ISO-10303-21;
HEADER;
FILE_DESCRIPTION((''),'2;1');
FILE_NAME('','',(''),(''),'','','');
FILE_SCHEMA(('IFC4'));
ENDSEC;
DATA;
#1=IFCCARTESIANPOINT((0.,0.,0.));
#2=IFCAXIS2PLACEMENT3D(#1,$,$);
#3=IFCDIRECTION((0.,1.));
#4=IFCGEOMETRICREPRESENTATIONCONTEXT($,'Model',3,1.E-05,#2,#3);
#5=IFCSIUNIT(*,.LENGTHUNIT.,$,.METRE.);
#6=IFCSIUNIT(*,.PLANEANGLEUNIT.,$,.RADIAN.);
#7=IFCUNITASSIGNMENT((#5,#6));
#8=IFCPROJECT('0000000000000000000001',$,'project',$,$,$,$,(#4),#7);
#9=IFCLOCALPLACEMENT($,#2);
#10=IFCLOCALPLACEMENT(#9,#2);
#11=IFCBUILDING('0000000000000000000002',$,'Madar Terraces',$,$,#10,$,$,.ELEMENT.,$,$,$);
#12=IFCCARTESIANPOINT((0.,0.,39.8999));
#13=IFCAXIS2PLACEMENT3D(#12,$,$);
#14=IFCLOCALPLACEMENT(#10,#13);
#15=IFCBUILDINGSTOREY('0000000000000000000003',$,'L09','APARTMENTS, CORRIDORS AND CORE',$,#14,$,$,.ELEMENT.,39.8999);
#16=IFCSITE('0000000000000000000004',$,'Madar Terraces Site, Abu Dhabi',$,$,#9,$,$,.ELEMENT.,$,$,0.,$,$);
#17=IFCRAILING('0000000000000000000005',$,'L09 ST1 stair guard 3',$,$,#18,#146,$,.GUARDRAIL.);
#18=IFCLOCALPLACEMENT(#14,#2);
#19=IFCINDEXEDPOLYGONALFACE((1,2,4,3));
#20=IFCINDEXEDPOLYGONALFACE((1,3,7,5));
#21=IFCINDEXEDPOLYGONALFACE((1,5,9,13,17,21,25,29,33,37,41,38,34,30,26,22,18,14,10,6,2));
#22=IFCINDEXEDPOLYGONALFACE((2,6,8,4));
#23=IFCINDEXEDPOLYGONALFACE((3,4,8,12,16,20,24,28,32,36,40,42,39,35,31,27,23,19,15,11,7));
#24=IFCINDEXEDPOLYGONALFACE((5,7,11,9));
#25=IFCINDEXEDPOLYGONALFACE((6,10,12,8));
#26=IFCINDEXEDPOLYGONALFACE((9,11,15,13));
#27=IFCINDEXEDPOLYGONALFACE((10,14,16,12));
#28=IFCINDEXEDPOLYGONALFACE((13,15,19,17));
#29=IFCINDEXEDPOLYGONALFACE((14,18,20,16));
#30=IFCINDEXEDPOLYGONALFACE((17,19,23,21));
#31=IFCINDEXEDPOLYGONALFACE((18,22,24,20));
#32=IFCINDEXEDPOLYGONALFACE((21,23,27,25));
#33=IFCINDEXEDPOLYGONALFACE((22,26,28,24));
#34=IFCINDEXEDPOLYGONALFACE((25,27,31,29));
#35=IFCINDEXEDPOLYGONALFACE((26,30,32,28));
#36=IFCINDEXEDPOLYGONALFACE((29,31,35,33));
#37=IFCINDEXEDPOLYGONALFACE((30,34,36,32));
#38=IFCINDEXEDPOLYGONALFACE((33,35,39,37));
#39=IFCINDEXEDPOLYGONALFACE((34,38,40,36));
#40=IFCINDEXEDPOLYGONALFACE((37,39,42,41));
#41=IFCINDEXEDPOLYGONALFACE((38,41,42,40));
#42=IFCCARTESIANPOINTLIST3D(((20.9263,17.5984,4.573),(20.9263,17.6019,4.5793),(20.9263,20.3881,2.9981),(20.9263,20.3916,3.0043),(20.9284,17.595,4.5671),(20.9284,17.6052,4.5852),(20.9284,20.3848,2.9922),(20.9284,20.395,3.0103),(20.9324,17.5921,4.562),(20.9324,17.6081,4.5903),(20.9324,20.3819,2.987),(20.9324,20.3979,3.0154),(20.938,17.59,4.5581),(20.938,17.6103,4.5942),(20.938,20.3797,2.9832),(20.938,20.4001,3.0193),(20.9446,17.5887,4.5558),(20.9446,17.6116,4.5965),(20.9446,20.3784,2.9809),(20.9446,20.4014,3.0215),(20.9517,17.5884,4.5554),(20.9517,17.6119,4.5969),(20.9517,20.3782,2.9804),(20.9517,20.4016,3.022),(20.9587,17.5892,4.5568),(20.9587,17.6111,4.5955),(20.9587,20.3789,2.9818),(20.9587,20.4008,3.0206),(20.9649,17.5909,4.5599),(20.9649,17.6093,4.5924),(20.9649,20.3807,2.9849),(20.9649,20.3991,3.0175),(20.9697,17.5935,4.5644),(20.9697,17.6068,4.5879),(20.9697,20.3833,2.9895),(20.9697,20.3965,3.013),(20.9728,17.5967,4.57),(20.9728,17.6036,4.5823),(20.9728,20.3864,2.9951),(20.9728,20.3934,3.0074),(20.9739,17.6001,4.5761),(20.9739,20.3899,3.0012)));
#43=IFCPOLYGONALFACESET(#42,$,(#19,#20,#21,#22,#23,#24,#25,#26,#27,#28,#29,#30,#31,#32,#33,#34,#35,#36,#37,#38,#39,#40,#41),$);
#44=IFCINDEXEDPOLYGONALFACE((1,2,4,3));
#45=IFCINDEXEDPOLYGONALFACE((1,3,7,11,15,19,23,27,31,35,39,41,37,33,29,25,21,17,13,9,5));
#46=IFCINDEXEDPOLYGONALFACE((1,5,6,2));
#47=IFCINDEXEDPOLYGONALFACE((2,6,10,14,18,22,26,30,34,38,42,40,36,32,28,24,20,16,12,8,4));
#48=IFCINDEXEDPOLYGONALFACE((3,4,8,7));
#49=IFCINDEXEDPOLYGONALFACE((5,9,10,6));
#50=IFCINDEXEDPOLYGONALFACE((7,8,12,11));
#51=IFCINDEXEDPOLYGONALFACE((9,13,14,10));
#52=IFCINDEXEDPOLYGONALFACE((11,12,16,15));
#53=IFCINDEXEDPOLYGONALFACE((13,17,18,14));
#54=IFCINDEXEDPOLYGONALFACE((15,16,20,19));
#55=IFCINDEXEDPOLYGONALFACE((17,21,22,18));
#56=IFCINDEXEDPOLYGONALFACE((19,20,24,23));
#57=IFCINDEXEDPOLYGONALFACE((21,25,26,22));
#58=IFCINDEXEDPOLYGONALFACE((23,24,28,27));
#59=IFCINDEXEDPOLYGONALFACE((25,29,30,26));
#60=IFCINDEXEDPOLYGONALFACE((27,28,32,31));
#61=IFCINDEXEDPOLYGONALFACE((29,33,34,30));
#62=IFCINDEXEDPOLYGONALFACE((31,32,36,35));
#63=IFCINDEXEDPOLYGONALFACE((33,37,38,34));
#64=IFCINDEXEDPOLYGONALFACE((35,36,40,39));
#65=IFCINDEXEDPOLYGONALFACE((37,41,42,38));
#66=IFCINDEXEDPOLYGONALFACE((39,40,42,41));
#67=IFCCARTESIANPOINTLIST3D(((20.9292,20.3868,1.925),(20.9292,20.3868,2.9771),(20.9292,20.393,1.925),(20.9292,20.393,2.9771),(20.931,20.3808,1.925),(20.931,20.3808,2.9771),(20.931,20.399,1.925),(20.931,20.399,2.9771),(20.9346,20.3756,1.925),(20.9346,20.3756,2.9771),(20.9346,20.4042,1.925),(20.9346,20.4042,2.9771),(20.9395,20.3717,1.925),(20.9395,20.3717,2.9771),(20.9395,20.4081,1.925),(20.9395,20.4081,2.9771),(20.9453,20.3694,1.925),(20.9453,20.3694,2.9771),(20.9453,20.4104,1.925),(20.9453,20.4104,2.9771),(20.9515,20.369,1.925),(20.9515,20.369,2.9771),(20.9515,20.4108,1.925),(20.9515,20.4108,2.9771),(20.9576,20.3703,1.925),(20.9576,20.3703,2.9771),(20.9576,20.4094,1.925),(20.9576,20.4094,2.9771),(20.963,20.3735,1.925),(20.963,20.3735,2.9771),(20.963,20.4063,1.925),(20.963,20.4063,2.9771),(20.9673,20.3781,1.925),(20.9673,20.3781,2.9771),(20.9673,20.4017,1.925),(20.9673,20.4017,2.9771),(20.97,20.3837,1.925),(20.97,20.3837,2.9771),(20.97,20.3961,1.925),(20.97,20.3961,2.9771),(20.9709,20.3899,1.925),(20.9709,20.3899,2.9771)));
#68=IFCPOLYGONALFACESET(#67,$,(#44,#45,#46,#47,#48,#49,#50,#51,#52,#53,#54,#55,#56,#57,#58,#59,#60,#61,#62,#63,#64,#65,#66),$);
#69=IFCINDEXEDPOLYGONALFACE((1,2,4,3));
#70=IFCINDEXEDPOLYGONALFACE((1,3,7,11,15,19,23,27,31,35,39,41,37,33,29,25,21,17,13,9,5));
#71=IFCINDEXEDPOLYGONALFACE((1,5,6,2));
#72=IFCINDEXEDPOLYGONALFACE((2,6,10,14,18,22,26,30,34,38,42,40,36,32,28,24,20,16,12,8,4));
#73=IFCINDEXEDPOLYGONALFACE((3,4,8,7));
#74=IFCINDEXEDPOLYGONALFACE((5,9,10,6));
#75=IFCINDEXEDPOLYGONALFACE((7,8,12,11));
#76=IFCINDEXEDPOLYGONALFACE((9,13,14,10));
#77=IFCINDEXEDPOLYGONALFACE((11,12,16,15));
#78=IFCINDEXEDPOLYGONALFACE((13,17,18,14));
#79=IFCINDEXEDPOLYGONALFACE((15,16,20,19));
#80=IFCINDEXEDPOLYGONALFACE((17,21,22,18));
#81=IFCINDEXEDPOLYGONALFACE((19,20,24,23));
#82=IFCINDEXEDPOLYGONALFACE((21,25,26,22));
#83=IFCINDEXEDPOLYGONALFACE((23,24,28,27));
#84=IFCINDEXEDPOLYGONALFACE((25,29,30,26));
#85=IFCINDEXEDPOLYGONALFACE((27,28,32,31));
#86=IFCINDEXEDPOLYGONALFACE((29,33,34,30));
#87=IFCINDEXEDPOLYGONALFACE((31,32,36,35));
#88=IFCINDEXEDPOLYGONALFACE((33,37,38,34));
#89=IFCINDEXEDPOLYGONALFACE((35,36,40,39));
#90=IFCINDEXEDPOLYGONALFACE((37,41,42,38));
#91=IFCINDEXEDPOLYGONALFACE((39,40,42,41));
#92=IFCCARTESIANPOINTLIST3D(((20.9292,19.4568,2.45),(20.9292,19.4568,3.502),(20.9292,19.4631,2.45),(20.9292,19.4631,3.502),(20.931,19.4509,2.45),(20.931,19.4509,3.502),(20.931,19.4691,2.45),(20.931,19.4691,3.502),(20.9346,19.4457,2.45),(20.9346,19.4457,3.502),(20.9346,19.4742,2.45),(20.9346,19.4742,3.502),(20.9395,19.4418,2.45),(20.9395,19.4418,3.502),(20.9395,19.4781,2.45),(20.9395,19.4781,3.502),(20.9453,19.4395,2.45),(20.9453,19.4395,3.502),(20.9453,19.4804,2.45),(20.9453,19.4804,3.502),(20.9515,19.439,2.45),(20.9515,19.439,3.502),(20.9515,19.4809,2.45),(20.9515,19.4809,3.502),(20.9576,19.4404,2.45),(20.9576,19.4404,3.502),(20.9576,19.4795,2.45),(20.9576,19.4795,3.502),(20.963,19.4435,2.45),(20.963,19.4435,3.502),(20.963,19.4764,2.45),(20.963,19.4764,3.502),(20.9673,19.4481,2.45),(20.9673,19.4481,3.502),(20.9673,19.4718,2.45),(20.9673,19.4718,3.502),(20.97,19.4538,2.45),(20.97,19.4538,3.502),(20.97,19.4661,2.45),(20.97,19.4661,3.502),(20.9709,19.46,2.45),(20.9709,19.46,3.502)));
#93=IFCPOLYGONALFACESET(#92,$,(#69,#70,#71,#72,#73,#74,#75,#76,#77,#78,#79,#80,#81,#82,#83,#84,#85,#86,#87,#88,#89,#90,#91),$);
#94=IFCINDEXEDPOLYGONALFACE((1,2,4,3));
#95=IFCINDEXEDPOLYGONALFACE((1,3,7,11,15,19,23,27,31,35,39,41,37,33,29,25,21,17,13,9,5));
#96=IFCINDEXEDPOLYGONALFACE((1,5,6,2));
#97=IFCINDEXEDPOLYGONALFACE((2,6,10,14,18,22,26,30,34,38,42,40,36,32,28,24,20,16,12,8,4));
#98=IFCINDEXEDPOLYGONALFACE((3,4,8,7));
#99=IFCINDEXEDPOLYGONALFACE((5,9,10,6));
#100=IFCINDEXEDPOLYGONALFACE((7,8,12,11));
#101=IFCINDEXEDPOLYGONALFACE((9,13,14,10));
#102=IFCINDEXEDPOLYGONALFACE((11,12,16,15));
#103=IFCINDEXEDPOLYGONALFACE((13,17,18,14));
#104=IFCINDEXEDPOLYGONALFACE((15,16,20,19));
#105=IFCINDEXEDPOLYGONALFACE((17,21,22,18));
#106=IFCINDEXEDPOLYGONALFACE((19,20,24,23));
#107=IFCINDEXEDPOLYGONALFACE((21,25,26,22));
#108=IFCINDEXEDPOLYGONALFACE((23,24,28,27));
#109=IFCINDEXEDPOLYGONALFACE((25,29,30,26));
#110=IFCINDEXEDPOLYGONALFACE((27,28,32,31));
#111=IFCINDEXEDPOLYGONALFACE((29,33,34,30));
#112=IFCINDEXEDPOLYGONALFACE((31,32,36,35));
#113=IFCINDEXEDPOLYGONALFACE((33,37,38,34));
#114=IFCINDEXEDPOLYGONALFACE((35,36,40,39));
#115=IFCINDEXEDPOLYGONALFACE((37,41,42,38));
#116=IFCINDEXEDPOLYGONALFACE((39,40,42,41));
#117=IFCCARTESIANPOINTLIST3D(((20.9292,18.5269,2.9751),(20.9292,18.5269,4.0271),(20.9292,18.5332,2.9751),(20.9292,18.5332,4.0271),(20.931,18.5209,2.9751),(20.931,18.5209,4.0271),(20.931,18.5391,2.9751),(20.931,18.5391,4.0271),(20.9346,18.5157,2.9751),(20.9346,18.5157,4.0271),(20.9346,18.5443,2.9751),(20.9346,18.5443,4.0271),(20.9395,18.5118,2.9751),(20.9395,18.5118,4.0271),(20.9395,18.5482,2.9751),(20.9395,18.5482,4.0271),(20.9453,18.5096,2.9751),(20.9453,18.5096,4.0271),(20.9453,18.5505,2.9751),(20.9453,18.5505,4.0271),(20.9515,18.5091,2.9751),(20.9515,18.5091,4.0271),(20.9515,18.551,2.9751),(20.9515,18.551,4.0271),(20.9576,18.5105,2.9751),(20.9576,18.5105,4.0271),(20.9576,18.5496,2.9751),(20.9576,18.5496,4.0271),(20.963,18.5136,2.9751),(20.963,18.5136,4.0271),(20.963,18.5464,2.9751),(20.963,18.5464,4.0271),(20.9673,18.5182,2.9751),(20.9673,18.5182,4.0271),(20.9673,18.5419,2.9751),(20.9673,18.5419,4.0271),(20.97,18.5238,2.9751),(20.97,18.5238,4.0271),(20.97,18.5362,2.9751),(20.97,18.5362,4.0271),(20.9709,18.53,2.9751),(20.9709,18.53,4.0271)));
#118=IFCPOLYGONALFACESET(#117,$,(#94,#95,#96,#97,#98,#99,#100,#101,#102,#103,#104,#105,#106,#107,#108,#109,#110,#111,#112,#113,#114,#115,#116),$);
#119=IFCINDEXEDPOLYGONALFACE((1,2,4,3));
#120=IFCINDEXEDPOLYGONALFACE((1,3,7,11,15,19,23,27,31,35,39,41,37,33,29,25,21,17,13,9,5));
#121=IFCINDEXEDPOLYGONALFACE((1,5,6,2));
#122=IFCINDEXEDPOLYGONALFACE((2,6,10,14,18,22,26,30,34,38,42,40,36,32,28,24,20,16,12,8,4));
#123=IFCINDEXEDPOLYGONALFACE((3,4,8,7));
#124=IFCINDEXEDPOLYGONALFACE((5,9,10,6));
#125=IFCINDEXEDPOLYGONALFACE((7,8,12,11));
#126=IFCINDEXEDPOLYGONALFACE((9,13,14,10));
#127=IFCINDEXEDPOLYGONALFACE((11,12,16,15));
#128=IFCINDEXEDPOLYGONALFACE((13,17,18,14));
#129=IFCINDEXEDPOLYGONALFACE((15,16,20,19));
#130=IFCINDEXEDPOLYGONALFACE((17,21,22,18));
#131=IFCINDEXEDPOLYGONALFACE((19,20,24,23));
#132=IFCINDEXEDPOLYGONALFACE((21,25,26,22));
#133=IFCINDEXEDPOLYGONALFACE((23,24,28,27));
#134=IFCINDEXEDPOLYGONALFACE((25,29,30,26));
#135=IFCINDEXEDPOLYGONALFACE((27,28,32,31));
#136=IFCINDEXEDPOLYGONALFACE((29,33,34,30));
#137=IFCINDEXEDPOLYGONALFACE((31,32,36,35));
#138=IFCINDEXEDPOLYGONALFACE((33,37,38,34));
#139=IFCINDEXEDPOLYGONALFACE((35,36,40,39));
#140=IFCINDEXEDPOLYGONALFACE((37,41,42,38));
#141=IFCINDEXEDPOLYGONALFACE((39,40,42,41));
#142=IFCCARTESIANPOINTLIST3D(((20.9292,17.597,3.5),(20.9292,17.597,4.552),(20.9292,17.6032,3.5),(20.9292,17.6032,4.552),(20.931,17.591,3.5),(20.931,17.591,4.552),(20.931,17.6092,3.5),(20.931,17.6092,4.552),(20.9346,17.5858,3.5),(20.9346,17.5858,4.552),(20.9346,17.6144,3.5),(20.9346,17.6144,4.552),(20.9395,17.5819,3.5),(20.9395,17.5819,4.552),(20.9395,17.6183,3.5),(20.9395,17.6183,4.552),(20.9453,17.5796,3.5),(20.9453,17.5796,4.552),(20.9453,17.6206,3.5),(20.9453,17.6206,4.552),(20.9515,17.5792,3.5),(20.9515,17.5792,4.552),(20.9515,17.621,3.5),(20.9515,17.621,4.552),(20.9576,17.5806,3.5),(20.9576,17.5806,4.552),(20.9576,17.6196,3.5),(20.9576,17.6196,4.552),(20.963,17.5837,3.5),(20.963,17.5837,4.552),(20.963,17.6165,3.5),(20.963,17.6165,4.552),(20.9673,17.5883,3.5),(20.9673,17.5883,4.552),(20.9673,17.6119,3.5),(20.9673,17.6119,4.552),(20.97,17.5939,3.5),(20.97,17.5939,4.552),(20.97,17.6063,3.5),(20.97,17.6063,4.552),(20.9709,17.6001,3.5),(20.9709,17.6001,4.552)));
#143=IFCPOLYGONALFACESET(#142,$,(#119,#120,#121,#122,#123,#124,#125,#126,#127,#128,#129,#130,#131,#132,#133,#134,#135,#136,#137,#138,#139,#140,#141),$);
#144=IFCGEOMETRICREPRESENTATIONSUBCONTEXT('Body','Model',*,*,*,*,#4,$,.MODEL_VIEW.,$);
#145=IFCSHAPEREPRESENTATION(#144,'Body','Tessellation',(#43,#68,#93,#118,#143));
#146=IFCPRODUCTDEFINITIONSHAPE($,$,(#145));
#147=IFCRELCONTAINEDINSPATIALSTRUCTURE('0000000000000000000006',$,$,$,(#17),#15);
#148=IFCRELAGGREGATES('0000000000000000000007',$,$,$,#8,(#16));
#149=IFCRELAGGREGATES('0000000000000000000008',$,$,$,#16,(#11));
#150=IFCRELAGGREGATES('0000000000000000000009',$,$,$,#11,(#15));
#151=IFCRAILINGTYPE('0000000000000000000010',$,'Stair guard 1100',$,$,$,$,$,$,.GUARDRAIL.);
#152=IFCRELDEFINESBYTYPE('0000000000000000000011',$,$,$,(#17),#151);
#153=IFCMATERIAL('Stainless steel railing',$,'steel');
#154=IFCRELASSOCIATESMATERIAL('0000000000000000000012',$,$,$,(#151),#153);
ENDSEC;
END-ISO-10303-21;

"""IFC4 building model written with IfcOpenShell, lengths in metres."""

from ifc_helpers import new_model, si_unit, direction, frame, origin, origin_2d, place, context, subcontext, project, spatial, circle, extrude, material, type_object, element, save


model = new_model("IFC4")

# Units and contexts
model_context = context("Model", 3, precision=1e-05, world=origin(), true_north=direction((0.0, 1.0)))
body_context = subcontext(model_context, "Body", "Model", "MODEL_VIEW")
ifc_project = project(units=[si_unit("LENGTHUNIT", "METRE"), si_unit("PLANEANGLEUNIT", "RADIAN")], contexts=[model_context])

# Site, building, storey
site_placement = place(None, origin())
site = spatial("IfcSite", under=ifc_project, at=site_placement, Name="Madar Terraces Site, Abu Dhabi", CompositionType="ELEMENT", RefElevation=0.0)
building_placement = place(site_placement, origin())
building = spatial("IfcBuilding", under=site, at=building_placement, Name="Madar Terraces", CompositionType="ELEMENT")
storey_placement = place(building_placement, frame((0.0, 0.0, 39.8999)))
storey = spatial("IfcBuildingStorey", under=building, at=storey_placement, Name="L09", Description="APARTMENTS, CORRIDORS AND CORE", CompositionType="ELEMENT", Elevation=39.8999)

# Railing
ifc_material_1 = material(Name="Stainless steel railing", Category="steel")
railing_type_1 = type_object("IfcRailingType", Name="Stair guard 1100", PredefinedType="GUARDRAIL", material=ifc_material_1)
railing_1_placement = place(storey_placement, frame((20.95, 20.3899, 1.925)))
element("IfcRailing", 1, at=railing_1_placement, inside=storey, type_object=railing_type_1, Name="L09 ST1 stair guard 3", PredefinedType="GUARDRAIL", context=body_context, shape_type="SweptSolid", body=[
    extrude(circle(Radius=0.0239, at=origin_2d()), frame((0.0, 0.0, 1.0762), z_axis=(0.0, -0.870815, 0.49161), x_axis=(1.0, 0.0, 0.0)), (0.0, 0.0, 1.0), 3.2036),
    extrude(circle(Radius=0.021, at=origin_2d()), origin(), (0.0, 0.0, 1.0), 1.052),
    extrude(circle(Radius=0.021, at=origin_2d()), frame((0.0, -0.9299, 0.5249)), (0.0, 0.0, 1.0), 1.052),
    extrude(circle(Radius=0.021, at=origin_2d()), frame((0.0, -1.8599, 1.05)), (0.0, 0.0, 1.0), 1.052),
    extrude(circle(Radius=0.021, at=origin_2d()), frame((0.0, -2.7898, 1.575)), (0.0, 0.0, 1.0), 1.052),
])

save(model, "model.ifc")
